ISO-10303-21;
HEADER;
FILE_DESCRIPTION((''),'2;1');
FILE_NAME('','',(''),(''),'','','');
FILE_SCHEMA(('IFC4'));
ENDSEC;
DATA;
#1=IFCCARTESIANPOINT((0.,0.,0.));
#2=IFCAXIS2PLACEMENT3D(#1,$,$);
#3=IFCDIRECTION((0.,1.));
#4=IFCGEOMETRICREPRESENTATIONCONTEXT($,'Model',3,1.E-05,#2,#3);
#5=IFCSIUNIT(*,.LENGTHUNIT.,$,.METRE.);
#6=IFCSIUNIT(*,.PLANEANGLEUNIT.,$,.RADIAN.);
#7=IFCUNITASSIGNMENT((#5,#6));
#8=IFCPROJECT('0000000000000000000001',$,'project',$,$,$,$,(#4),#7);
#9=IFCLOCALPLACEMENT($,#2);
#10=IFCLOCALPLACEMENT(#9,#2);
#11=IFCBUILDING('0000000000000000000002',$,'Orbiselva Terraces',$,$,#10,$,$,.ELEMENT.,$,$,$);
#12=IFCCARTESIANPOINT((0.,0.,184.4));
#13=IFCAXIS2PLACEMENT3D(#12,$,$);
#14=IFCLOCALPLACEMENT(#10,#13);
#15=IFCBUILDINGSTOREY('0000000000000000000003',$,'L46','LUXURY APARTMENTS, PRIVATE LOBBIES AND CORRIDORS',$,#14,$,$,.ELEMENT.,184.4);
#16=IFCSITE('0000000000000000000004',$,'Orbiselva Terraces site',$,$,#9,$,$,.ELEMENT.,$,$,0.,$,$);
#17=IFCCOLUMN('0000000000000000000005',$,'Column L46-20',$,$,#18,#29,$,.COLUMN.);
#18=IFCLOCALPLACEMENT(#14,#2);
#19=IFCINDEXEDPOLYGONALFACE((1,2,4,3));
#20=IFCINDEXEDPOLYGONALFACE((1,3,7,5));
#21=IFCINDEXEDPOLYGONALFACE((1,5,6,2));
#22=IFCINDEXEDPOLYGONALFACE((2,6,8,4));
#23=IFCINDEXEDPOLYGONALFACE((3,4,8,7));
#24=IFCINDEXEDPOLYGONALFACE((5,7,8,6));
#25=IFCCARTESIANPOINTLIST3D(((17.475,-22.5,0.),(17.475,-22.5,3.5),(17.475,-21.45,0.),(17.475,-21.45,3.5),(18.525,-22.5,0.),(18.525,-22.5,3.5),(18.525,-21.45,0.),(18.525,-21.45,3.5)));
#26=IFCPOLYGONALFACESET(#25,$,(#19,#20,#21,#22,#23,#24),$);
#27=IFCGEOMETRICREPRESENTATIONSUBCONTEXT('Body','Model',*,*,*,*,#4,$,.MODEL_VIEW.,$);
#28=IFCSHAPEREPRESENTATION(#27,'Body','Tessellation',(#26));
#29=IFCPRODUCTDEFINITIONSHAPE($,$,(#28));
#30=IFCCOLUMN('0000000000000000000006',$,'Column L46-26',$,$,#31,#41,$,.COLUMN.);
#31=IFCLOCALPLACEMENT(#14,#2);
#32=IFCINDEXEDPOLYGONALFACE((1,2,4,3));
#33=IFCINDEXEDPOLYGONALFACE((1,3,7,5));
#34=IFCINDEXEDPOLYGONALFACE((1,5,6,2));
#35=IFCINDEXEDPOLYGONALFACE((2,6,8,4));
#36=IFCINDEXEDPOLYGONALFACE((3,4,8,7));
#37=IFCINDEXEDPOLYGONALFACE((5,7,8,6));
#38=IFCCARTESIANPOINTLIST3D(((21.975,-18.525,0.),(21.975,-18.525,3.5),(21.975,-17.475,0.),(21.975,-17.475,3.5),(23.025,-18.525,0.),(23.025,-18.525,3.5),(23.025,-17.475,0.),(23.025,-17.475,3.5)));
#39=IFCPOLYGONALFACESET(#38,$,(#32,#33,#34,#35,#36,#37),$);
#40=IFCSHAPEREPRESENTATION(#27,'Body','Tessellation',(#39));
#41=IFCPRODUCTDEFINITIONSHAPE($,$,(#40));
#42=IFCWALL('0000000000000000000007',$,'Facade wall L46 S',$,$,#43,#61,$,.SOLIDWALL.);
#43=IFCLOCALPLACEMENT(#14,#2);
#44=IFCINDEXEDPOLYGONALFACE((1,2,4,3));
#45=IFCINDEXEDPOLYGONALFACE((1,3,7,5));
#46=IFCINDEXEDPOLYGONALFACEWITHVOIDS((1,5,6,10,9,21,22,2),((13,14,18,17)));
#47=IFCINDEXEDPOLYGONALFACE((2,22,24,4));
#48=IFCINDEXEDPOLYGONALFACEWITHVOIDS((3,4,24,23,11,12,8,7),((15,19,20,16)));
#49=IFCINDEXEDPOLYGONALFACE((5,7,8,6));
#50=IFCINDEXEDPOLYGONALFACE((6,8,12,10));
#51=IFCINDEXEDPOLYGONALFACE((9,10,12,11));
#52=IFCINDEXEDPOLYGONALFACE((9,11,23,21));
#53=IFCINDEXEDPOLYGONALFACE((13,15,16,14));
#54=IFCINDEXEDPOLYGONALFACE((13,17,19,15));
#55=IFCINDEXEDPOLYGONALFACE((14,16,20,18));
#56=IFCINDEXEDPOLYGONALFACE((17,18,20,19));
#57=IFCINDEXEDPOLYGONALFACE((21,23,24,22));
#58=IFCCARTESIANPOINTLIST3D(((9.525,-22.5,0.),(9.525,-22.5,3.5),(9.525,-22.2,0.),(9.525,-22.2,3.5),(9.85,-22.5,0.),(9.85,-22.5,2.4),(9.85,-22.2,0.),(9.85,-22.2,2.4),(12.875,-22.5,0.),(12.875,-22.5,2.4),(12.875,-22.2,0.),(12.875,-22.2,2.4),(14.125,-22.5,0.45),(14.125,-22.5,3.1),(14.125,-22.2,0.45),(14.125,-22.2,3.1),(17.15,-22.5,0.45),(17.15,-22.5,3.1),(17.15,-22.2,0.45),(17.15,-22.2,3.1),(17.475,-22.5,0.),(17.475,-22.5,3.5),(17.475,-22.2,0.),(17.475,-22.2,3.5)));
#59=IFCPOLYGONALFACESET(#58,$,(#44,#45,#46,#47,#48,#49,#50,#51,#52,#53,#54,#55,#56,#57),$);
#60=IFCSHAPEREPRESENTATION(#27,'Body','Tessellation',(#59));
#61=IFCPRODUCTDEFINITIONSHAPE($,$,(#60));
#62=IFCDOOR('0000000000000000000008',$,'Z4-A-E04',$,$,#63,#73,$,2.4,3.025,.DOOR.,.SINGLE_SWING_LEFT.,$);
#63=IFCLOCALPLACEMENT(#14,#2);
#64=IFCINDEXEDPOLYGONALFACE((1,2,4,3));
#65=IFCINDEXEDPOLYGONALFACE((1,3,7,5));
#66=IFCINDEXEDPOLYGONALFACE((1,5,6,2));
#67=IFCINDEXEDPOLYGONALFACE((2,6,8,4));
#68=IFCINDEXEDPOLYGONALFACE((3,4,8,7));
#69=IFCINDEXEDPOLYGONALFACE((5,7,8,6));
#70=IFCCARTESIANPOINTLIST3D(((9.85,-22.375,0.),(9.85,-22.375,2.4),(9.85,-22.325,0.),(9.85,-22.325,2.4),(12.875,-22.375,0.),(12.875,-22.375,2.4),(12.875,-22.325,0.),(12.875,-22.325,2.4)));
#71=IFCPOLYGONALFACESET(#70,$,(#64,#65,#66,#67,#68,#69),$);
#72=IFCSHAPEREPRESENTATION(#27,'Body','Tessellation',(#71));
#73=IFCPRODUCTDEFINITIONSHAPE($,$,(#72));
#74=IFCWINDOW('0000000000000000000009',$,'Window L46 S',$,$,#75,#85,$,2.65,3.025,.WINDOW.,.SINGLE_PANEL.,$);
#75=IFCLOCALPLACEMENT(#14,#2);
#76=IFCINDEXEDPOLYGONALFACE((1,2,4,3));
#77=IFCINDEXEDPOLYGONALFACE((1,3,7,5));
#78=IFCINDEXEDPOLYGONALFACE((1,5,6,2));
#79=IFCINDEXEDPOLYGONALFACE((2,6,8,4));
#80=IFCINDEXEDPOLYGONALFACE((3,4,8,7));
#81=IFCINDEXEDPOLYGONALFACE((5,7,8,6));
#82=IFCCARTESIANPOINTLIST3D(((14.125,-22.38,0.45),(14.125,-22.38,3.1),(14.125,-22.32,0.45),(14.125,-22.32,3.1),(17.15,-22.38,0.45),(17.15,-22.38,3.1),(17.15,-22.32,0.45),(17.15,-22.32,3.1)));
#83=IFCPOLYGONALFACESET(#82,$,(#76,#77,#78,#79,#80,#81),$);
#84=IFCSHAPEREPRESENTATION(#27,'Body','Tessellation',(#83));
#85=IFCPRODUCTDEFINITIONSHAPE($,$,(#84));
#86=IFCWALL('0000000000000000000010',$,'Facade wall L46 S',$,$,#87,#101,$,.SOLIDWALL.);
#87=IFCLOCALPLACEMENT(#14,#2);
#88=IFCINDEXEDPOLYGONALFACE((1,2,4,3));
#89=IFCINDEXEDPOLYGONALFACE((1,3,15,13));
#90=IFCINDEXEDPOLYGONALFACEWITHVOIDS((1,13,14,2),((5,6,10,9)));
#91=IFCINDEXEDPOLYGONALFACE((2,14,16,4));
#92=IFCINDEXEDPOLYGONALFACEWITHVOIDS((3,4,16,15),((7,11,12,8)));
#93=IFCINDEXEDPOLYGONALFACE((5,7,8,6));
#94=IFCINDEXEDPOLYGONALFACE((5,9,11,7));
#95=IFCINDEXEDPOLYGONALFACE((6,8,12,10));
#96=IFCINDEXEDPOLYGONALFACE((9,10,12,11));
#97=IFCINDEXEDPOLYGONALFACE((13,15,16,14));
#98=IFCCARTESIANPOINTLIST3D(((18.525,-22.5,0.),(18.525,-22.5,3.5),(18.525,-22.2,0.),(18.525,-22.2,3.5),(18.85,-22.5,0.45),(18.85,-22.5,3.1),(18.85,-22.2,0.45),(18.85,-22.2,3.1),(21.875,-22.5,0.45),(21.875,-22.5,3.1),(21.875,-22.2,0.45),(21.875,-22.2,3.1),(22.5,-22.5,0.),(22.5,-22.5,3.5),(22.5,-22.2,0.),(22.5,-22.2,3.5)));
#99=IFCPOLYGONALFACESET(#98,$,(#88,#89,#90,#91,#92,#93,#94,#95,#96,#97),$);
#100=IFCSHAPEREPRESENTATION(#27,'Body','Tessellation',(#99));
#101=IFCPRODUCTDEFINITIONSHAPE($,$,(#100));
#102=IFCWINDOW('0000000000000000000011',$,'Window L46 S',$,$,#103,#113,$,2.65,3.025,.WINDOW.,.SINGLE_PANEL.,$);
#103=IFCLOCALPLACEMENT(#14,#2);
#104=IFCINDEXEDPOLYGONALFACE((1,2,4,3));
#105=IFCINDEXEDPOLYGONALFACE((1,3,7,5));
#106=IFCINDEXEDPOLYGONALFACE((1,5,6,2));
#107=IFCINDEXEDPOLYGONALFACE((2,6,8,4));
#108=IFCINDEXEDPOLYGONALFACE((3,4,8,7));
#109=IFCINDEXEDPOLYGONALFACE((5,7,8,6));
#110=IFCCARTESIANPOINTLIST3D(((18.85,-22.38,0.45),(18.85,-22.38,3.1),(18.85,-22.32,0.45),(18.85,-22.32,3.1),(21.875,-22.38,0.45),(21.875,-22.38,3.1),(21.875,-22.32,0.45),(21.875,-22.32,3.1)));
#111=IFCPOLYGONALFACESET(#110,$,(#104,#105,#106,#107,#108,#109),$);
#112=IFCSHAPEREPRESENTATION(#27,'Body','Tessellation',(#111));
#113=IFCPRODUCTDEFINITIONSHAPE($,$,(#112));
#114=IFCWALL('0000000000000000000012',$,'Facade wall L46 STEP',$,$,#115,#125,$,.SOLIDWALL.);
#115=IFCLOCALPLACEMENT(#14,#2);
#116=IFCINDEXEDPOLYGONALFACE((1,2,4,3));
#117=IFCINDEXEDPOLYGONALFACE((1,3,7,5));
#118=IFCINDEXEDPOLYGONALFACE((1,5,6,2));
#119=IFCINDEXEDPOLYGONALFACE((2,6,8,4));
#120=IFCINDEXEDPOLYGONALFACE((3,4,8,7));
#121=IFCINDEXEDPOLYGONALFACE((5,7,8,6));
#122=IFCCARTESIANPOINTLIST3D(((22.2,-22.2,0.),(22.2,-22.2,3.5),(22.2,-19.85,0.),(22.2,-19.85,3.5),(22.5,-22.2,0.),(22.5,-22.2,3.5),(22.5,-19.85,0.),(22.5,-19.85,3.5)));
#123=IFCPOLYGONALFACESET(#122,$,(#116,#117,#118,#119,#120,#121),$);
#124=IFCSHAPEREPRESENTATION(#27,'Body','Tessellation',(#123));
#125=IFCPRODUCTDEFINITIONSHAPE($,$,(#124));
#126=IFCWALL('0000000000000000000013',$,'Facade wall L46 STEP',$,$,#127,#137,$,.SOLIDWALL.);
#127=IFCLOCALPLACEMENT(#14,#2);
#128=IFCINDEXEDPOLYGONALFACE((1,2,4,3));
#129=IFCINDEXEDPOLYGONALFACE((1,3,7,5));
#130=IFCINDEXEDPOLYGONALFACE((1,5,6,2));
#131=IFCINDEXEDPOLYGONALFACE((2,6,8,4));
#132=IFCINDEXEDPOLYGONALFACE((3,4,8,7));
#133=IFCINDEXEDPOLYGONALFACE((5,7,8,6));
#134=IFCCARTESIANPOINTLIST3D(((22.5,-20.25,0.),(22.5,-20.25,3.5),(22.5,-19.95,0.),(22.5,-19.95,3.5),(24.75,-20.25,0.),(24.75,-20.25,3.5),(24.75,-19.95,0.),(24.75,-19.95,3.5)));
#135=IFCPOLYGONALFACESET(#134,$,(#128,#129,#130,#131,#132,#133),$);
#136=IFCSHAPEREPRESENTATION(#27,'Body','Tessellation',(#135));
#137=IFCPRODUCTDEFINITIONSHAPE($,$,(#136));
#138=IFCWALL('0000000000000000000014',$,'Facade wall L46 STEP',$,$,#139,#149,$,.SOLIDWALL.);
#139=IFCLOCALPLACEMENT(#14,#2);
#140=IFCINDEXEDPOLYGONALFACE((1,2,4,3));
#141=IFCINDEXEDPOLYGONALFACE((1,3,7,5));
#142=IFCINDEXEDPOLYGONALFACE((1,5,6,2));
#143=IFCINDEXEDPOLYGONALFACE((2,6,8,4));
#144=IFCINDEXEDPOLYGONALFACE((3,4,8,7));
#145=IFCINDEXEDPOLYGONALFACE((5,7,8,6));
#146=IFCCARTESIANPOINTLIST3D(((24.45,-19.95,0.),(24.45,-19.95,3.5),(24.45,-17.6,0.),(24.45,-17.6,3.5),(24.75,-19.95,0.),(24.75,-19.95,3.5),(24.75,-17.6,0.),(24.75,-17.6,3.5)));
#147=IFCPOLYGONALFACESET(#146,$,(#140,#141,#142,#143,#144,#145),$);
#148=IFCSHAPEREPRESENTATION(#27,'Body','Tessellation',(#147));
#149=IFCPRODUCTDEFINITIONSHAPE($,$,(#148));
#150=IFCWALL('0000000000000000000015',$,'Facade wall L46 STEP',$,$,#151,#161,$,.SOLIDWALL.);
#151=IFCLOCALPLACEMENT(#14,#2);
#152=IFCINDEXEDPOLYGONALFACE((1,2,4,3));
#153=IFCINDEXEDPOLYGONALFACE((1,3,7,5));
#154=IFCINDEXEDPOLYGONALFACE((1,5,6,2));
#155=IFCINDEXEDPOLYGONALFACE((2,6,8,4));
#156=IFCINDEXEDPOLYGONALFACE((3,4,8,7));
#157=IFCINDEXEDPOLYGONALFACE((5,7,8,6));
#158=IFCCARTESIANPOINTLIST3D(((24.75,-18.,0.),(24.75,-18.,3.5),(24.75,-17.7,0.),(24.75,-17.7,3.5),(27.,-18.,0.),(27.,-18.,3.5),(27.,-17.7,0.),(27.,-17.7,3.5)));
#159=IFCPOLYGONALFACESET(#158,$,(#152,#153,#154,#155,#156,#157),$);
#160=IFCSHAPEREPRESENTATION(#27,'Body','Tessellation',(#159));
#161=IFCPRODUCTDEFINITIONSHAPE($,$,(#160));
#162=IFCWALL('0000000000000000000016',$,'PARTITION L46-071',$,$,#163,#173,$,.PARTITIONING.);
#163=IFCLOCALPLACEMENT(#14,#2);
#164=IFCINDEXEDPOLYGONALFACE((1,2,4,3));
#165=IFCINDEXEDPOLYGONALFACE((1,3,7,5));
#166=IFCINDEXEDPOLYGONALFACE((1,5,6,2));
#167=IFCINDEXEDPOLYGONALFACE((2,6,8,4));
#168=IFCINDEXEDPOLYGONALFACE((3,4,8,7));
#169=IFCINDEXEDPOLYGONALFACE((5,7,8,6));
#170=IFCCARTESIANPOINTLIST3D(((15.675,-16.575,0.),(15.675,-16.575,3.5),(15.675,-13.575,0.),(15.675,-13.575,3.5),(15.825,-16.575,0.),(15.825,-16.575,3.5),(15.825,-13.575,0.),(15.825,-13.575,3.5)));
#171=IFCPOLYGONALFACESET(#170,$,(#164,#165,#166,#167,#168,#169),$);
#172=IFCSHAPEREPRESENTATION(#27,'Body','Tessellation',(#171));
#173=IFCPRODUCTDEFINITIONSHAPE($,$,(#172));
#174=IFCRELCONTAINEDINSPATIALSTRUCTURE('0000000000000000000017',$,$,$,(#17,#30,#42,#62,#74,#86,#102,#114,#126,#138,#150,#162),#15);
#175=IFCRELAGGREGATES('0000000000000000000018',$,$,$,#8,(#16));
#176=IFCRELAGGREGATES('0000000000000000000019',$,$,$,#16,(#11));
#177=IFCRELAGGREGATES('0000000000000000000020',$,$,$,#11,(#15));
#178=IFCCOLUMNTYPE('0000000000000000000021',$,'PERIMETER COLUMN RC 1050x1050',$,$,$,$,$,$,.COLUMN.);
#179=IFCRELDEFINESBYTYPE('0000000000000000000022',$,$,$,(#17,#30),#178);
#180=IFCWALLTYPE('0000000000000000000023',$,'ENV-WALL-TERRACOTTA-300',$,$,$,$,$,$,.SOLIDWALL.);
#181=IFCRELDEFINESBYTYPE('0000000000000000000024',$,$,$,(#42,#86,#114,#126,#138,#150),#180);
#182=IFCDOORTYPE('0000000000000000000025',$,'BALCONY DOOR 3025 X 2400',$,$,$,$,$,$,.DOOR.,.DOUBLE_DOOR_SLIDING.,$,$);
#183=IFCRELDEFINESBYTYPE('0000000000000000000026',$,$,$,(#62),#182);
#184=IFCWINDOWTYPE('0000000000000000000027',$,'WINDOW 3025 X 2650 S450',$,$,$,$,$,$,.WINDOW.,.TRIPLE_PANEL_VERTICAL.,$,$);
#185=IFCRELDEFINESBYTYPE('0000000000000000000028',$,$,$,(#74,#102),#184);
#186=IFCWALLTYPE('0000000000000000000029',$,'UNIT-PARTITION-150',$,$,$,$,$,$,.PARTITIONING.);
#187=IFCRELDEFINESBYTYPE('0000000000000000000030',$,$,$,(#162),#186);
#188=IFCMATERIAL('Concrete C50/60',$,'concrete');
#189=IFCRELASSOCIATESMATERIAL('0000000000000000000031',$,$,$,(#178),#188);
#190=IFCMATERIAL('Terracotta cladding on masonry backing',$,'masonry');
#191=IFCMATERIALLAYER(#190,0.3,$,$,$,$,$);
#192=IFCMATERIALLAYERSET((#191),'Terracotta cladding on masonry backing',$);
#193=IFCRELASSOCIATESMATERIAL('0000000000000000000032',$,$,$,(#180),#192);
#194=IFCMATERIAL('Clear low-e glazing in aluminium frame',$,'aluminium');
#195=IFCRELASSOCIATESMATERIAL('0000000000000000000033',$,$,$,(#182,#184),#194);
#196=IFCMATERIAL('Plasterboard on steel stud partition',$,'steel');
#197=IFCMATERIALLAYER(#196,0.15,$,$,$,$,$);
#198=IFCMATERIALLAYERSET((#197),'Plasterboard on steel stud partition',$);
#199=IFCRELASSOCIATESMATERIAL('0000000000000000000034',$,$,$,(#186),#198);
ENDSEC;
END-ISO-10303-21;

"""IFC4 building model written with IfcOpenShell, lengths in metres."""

from ifc_helpers import new_model, si_unit, direction, frame, frame_2d, origin, origin_2d, place, context, subcontext, project, spatial, rectangle, extrude, material, layer, layer_set, material_profile, profile_set, type_object, element, fill, save


model = new_model("IFC4")

# Units and contexts
model_context = context("Model", 3, precision=1e-05, world=origin(), true_north=direction((0.0, 1.0)))
body_context = subcontext(model_context, "Body", "Model", "MODEL_VIEW")
ifc_project = project(units=[si_unit("LENGTHUNIT", "METRE"), si_unit("PLANEANGLEUNIT", "RADIAN")], contexts=[model_context])

# Site, building, storey
site_placement = place(None, origin())
site = spatial("IfcSite", under=ifc_project, at=site_placement, Name="Orbiselva Terraces site", CompositionType="ELEMENT", RefElevation=0.0)
building_placement = place(site_placement, origin())
building = spatial("IfcBuilding", under=site, at=building_placement, Name="Orbiselva Terraces", CompositionType="ELEMENT")
storey_placement = place(building_placement, frame((0.0, 0.0, 184.4)))
storey = spatial("IfcBuildingStorey", under=building, at=storey_placement, Name="L46", Description="LUXURY APARTMENTS, PRIVATE LOBBIES AND CORRIDORS", CompositionType="ELEMENT", Elevation=184.4)

# Columns
ifc_material_1 = material(Name="Concrete C50/60", Category="concrete")
ifc_material_profile = material_profile(ifc_material_1, rectangle(XDim=1.05, YDim=1.05, at=origin_2d()), Name="RC 1050x1050")
ifc_profile_set = profile_set([ifc_material_profile], Name="Concrete C50/60")
column_type = type_object("IfcColumnType", Name="PERIMETER COLUMN RC 1050x1050", PredefinedType="COLUMN", material=ifc_profile_set)
for number, where, z_axis, x_axis, name in (
    (1, (18.0, -21.975, 0.0), (0.0, 0.0, 1.0), (1.0, 0.0, 0.0), "Column L46-20"),
    (2, (22.5, -18.0, 0.0), (0.0, 0.0, 1.0), (1.0, 0.0, 0.0), "Column L46-26"),
):
    element("IfcColumn", number, at=place(storey_placement, frame(where, z_axis=z_axis, x_axis=x_axis)), inside=storey, type_object=column_type, Name=name, PredefinedType="COLUMN", context=body_context, shape_type="SweptSolid", body=[
        extrude(rectangle(XDim=1.05, YDim=1.05, at=origin_2d()), origin(), (0.0, 0.0, 1.0), 3.5),
    ])

# Wall, openings, door, window
ifc_material_2 = material(Name="Terracotta cladding on masonry backing", Category="masonry")
ifc_layer_1 = layer(ifc_material_2, 0.3)
ifc_layer_set_1 = layer_set([ifc_layer_1], Name="Terracotta cladding on masonry backing")
wall_type_1 = type_object("IfcWallType", Name="ENV-WALL-TERRACOTTA-300", PredefinedType="SOLIDWALL", material=ifc_layer_set_1)
wall_1_placement = place(storey_placement, frame((17.475, -22.35, 0.0), z_axis=(0.0, 0.0, 1.0), x_axis=(-1.0, 0.0, 0.0)))
wall_1 = element("IfcWall", 3, at=wall_1_placement, inside=storey, type_object=wall_type_1, Name="Facade wall L46 S", PredefinedType="SOLIDWALL", context=body_context, shape_type="SweptSolid", body=[
    extrude(rectangle(XDim=7.95, YDim=0.3, at=frame_2d((3.975, 0.0))), origin(), (0.0, 0.0, 1.0), 3.5),
])
opening_1_placement = place(wall_1_placement, frame((4.6, 0.0, 0.0)))
opening_1 = element("IfcOpeningElement", 4, at=opening_1_placement, cuts=wall_1, PredefinedType="OPENING", context=body_context, shape_type="SweptSolid", body=[
    extrude(rectangle(XDim=3.025, YDim=2.4, at=frame_2d((1.5125, 1.2))), frame((0.0, 0.16, 0.0), z_axis=(0.0, -1.0, 0.0), x_axis=(1.0, 0.0, 0.0)), (0.0, 0.0, 1.0), 0.32),
])
opening_2_placement = place(wall_1_placement, frame((0.325, 0.0, 0.45)))
opening_2 = element("IfcOpeningElement", 5, at=opening_2_placement, cuts=wall_1, PredefinedType="OPENING", context=body_context, shape_type="SweptSolid", body=[
    extrude(rectangle(XDim=3.025, YDim=2.65, at=frame_2d((1.5125, 1.325))), frame((0.0, 0.16, 0.0), z_axis=(0.0, -1.0, 0.0), x_axis=(1.0, 0.0, 0.0)), (0.0, 0.0, 1.0), 0.32),
])
ifc_material_3 = material(Name="Clear low-e glazing in aluminium frame", Category="aluminium")
door_type = type_object("IfcDoorType", Name="BALCONY DOOR 3025 X 2400", OperationType="DOUBLE_DOOR_SLIDING", PredefinedType="DOOR", material=ifc_material_3)
door_placement = place(opening_1_placement, origin())
door = element("IfcDoor", 6, at=door_placement, inside=storey, type_object=door_type, Name="Z4-A-E04", OperationType="SINGLE_SWING_LEFT", OverallHeight=2.4, OverallWidth=3.025, PredefinedType="DOOR", context=body_context, shape_type="SweptSolid", body=[
    extrude(rectangle(XDim=3.025, YDim=2.4, at=frame_2d((1.5125, 1.2))), frame((0.0, 0.025, 0.0), z_axis=(0.0, -1.0, 0.0), x_axis=(1.0, 0.0, 0.0)), (0.0, 0.0, 1.0), 0.05),
])
fill(opening_1, door)
window_type = type_object("IfcWindowType", Name="WINDOW 3025 X 2650 S450", PartitioningType="TRIPLE_PANEL_VERTICAL", PredefinedType="WINDOW", material=ifc_material_3)
window_1_placement = place(opening_2_placement, origin())
window_1 = element("IfcWindow", 7, at=window_1_placement, inside=storey, type_object=window_type, Name="Window L46 S", OverallHeight=2.65, OverallWidth=3.025, PartitioningType="SINGLE_PANEL", PredefinedType="WINDOW", context=body_context, shape_type="SweptSolid", body=[
    extrude(rectangle(XDim=3.025, YDim=2.65, at=frame_2d((1.5125, 1.325))), frame((0.0, 0.03, 0.0), z_axis=(0.0, -1.0, 0.0), x_axis=(1.0, 0.0, 0.0)), (0.0, 0.0, 1.0), 0.06),
])
fill(opening_2, window_1)

# Wall, opening, window
wall_2_placement = place(storey_placement, frame((22.5, -22.35, 0.0), z_axis=(0.0, 0.0, 1.0), x_axis=(-1.0, 0.0, 0.0)))
wall_2 = element("IfcWall", 8, at=wall_2_placement, inside=storey, type_object=wall_type_1, Name="Facade wall L46 S", PredefinedType="SOLIDWALL", context=body_context, shape_type="SweptSolid", body=[
    extrude(rectangle(XDim=3.975, YDim=0.3, at=frame_2d((1.9875, 0.0))), origin(), (0.0, 0.0, 1.0), 3.5),
])
opening_3_placement = place(wall_2_placement, frame((0.625, 0.0, 0.45)))
opening_3 = element("IfcOpeningElement", 9, at=opening_3_placement, cuts=wall_2, PredefinedType="OPENING", context=body_context, shape_type="SweptSolid", body=[
    extrude(rectangle(XDim=3.025, YDim=2.65, at=frame_2d((1.5125, 1.325))), frame((0.0, 0.16, 0.0), z_axis=(0.0, -1.0, 0.0), x_axis=(1.0, 0.0, 0.0)), (0.0, 0.0, 1.0), 0.32),
])
window_2_placement = place(opening_3_placement, origin())
window_2 = element("IfcWindow", 10, at=window_2_placement, inside=storey, type_object=window_type, Name="Window L46 S", OverallHeight=2.65, OverallWidth=3.025, PartitioningType="SINGLE_PANEL", PredefinedType="WINDOW", context=body_context, shape_type="SweptSolid", body=[
    extrude(rectangle(XDim=3.025, YDim=2.65, at=frame_2d((1.5125, 1.325))), frame((0.0, 0.03, 0.0), z_axis=(0.0, -1.0, 0.0), x_axis=(1.0, 0.0, 0.0)), (0.0, 0.0, 1.0), 0.06),
])
fill(opening_3, window_2)

# Walls
wall_3_placement = place(storey_placement, frame((22.35, -19.85, 0.0), z_axis=(0.0, 0.0, 1.0), x_axis=(0.0, -1.0, 0.0)))
element("IfcWall", 11, at=wall_3_placement, inside=storey, type_object=wall_type_1, Name="Facade wall L46 STEP", PredefinedType="SOLIDWALL", context=body_context, shape_type="SweptSolid", body=[
    extrude(rectangle(XDim=2.35, YDim=0.3, at=frame_2d((1.175, 0.0))), origin(), (0.0, 0.0, 1.0), 3.5),
])
wall_4_placement = place(storey_placement, frame((24.75, -20.1, 0.0), z_axis=(0.0, 0.0, 1.0), x_axis=(-1.0, 0.0, 0.0)))
element("IfcWall", 12, at=wall_4_placement, inside=storey, type_object=wall_type_1, Name="Facade wall L46 STEP", PredefinedType="SOLIDWALL", context=body_context, shape_type="SweptSolid", body=[
    extrude(rectangle(XDim=2.25, YDim=0.3, at=frame_2d((1.125, 0.0))), origin(), (0.0, 0.0, 1.0), 3.5),
])
wall_5_placement = place(storey_placement, frame((24.6, -17.6, 0.0), z_axis=(0.0, 0.0, 1.0), x_axis=(0.0, -1.0, 0.0)))
element("IfcWall", 13, at=wall_5_placement, inside=storey, type_object=wall_type_1, Name="Facade wall L46 STEP", PredefinedType="SOLIDWALL", context=body_context, shape_type="SweptSolid", body=[
    extrude(rectangle(XDim=2.35, YDim=0.3, at=frame_2d((1.175, 0.0))), origin(), (0.0, 0.0, 1.0), 3.5),
])
wall_6_placement = place(storey_placement, frame((27.0, -17.85, 0.0), z_axis=(0.0, 0.0, 1.0), x_axis=(-1.0, 0.0, 0.0)))
element("IfcWall", 14, at=wall_6_placement, inside=storey, type_object=wall_type_1, Name="Facade wall L46 STEP", PredefinedType="SOLIDWALL", context=body_context, shape_type="SweptSolid", body=[
    extrude(rectangle(XDim=2.25, YDim=0.3, at=frame_2d((1.125, 0.0))), origin(), (0.0, 0.0, 1.0), 3.5),
])
ifc_material_4 = material(Name="Plasterboard on steel stud partition", Category="steel")
ifc_layer_2 = layer(ifc_material_4, 0.15)
ifc_layer_set_2 = layer_set([ifc_layer_2], Name="Plasterboard on steel stud partition")
wall_type_2 = type_object("IfcWallType", Name="UNIT-PARTITION-150", PredefinedType="PARTITIONING", material=ifc_layer_set_2)
wall_7_placement = place(storey_placement, frame((15.75, -16.575, 0.0), z_axis=(0.0, 0.0, 1.0), x_axis=(0.0, 1.0, 0.0)))
element("IfcWall", 15, at=wall_7_placement, inside=storey, type_object=wall_type_2, Name="PARTITION L46-071", PredefinedType="PARTITIONING", context=body_context, shape_type="SweptSolid", body=[
    extrude(rectangle(XDim=3.0, YDim=0.15, at=frame_2d((1.5, 0.0))), origin(), (0.0, 0.0, 1.0), 3.5),
])

save(model, "model.ifc")
